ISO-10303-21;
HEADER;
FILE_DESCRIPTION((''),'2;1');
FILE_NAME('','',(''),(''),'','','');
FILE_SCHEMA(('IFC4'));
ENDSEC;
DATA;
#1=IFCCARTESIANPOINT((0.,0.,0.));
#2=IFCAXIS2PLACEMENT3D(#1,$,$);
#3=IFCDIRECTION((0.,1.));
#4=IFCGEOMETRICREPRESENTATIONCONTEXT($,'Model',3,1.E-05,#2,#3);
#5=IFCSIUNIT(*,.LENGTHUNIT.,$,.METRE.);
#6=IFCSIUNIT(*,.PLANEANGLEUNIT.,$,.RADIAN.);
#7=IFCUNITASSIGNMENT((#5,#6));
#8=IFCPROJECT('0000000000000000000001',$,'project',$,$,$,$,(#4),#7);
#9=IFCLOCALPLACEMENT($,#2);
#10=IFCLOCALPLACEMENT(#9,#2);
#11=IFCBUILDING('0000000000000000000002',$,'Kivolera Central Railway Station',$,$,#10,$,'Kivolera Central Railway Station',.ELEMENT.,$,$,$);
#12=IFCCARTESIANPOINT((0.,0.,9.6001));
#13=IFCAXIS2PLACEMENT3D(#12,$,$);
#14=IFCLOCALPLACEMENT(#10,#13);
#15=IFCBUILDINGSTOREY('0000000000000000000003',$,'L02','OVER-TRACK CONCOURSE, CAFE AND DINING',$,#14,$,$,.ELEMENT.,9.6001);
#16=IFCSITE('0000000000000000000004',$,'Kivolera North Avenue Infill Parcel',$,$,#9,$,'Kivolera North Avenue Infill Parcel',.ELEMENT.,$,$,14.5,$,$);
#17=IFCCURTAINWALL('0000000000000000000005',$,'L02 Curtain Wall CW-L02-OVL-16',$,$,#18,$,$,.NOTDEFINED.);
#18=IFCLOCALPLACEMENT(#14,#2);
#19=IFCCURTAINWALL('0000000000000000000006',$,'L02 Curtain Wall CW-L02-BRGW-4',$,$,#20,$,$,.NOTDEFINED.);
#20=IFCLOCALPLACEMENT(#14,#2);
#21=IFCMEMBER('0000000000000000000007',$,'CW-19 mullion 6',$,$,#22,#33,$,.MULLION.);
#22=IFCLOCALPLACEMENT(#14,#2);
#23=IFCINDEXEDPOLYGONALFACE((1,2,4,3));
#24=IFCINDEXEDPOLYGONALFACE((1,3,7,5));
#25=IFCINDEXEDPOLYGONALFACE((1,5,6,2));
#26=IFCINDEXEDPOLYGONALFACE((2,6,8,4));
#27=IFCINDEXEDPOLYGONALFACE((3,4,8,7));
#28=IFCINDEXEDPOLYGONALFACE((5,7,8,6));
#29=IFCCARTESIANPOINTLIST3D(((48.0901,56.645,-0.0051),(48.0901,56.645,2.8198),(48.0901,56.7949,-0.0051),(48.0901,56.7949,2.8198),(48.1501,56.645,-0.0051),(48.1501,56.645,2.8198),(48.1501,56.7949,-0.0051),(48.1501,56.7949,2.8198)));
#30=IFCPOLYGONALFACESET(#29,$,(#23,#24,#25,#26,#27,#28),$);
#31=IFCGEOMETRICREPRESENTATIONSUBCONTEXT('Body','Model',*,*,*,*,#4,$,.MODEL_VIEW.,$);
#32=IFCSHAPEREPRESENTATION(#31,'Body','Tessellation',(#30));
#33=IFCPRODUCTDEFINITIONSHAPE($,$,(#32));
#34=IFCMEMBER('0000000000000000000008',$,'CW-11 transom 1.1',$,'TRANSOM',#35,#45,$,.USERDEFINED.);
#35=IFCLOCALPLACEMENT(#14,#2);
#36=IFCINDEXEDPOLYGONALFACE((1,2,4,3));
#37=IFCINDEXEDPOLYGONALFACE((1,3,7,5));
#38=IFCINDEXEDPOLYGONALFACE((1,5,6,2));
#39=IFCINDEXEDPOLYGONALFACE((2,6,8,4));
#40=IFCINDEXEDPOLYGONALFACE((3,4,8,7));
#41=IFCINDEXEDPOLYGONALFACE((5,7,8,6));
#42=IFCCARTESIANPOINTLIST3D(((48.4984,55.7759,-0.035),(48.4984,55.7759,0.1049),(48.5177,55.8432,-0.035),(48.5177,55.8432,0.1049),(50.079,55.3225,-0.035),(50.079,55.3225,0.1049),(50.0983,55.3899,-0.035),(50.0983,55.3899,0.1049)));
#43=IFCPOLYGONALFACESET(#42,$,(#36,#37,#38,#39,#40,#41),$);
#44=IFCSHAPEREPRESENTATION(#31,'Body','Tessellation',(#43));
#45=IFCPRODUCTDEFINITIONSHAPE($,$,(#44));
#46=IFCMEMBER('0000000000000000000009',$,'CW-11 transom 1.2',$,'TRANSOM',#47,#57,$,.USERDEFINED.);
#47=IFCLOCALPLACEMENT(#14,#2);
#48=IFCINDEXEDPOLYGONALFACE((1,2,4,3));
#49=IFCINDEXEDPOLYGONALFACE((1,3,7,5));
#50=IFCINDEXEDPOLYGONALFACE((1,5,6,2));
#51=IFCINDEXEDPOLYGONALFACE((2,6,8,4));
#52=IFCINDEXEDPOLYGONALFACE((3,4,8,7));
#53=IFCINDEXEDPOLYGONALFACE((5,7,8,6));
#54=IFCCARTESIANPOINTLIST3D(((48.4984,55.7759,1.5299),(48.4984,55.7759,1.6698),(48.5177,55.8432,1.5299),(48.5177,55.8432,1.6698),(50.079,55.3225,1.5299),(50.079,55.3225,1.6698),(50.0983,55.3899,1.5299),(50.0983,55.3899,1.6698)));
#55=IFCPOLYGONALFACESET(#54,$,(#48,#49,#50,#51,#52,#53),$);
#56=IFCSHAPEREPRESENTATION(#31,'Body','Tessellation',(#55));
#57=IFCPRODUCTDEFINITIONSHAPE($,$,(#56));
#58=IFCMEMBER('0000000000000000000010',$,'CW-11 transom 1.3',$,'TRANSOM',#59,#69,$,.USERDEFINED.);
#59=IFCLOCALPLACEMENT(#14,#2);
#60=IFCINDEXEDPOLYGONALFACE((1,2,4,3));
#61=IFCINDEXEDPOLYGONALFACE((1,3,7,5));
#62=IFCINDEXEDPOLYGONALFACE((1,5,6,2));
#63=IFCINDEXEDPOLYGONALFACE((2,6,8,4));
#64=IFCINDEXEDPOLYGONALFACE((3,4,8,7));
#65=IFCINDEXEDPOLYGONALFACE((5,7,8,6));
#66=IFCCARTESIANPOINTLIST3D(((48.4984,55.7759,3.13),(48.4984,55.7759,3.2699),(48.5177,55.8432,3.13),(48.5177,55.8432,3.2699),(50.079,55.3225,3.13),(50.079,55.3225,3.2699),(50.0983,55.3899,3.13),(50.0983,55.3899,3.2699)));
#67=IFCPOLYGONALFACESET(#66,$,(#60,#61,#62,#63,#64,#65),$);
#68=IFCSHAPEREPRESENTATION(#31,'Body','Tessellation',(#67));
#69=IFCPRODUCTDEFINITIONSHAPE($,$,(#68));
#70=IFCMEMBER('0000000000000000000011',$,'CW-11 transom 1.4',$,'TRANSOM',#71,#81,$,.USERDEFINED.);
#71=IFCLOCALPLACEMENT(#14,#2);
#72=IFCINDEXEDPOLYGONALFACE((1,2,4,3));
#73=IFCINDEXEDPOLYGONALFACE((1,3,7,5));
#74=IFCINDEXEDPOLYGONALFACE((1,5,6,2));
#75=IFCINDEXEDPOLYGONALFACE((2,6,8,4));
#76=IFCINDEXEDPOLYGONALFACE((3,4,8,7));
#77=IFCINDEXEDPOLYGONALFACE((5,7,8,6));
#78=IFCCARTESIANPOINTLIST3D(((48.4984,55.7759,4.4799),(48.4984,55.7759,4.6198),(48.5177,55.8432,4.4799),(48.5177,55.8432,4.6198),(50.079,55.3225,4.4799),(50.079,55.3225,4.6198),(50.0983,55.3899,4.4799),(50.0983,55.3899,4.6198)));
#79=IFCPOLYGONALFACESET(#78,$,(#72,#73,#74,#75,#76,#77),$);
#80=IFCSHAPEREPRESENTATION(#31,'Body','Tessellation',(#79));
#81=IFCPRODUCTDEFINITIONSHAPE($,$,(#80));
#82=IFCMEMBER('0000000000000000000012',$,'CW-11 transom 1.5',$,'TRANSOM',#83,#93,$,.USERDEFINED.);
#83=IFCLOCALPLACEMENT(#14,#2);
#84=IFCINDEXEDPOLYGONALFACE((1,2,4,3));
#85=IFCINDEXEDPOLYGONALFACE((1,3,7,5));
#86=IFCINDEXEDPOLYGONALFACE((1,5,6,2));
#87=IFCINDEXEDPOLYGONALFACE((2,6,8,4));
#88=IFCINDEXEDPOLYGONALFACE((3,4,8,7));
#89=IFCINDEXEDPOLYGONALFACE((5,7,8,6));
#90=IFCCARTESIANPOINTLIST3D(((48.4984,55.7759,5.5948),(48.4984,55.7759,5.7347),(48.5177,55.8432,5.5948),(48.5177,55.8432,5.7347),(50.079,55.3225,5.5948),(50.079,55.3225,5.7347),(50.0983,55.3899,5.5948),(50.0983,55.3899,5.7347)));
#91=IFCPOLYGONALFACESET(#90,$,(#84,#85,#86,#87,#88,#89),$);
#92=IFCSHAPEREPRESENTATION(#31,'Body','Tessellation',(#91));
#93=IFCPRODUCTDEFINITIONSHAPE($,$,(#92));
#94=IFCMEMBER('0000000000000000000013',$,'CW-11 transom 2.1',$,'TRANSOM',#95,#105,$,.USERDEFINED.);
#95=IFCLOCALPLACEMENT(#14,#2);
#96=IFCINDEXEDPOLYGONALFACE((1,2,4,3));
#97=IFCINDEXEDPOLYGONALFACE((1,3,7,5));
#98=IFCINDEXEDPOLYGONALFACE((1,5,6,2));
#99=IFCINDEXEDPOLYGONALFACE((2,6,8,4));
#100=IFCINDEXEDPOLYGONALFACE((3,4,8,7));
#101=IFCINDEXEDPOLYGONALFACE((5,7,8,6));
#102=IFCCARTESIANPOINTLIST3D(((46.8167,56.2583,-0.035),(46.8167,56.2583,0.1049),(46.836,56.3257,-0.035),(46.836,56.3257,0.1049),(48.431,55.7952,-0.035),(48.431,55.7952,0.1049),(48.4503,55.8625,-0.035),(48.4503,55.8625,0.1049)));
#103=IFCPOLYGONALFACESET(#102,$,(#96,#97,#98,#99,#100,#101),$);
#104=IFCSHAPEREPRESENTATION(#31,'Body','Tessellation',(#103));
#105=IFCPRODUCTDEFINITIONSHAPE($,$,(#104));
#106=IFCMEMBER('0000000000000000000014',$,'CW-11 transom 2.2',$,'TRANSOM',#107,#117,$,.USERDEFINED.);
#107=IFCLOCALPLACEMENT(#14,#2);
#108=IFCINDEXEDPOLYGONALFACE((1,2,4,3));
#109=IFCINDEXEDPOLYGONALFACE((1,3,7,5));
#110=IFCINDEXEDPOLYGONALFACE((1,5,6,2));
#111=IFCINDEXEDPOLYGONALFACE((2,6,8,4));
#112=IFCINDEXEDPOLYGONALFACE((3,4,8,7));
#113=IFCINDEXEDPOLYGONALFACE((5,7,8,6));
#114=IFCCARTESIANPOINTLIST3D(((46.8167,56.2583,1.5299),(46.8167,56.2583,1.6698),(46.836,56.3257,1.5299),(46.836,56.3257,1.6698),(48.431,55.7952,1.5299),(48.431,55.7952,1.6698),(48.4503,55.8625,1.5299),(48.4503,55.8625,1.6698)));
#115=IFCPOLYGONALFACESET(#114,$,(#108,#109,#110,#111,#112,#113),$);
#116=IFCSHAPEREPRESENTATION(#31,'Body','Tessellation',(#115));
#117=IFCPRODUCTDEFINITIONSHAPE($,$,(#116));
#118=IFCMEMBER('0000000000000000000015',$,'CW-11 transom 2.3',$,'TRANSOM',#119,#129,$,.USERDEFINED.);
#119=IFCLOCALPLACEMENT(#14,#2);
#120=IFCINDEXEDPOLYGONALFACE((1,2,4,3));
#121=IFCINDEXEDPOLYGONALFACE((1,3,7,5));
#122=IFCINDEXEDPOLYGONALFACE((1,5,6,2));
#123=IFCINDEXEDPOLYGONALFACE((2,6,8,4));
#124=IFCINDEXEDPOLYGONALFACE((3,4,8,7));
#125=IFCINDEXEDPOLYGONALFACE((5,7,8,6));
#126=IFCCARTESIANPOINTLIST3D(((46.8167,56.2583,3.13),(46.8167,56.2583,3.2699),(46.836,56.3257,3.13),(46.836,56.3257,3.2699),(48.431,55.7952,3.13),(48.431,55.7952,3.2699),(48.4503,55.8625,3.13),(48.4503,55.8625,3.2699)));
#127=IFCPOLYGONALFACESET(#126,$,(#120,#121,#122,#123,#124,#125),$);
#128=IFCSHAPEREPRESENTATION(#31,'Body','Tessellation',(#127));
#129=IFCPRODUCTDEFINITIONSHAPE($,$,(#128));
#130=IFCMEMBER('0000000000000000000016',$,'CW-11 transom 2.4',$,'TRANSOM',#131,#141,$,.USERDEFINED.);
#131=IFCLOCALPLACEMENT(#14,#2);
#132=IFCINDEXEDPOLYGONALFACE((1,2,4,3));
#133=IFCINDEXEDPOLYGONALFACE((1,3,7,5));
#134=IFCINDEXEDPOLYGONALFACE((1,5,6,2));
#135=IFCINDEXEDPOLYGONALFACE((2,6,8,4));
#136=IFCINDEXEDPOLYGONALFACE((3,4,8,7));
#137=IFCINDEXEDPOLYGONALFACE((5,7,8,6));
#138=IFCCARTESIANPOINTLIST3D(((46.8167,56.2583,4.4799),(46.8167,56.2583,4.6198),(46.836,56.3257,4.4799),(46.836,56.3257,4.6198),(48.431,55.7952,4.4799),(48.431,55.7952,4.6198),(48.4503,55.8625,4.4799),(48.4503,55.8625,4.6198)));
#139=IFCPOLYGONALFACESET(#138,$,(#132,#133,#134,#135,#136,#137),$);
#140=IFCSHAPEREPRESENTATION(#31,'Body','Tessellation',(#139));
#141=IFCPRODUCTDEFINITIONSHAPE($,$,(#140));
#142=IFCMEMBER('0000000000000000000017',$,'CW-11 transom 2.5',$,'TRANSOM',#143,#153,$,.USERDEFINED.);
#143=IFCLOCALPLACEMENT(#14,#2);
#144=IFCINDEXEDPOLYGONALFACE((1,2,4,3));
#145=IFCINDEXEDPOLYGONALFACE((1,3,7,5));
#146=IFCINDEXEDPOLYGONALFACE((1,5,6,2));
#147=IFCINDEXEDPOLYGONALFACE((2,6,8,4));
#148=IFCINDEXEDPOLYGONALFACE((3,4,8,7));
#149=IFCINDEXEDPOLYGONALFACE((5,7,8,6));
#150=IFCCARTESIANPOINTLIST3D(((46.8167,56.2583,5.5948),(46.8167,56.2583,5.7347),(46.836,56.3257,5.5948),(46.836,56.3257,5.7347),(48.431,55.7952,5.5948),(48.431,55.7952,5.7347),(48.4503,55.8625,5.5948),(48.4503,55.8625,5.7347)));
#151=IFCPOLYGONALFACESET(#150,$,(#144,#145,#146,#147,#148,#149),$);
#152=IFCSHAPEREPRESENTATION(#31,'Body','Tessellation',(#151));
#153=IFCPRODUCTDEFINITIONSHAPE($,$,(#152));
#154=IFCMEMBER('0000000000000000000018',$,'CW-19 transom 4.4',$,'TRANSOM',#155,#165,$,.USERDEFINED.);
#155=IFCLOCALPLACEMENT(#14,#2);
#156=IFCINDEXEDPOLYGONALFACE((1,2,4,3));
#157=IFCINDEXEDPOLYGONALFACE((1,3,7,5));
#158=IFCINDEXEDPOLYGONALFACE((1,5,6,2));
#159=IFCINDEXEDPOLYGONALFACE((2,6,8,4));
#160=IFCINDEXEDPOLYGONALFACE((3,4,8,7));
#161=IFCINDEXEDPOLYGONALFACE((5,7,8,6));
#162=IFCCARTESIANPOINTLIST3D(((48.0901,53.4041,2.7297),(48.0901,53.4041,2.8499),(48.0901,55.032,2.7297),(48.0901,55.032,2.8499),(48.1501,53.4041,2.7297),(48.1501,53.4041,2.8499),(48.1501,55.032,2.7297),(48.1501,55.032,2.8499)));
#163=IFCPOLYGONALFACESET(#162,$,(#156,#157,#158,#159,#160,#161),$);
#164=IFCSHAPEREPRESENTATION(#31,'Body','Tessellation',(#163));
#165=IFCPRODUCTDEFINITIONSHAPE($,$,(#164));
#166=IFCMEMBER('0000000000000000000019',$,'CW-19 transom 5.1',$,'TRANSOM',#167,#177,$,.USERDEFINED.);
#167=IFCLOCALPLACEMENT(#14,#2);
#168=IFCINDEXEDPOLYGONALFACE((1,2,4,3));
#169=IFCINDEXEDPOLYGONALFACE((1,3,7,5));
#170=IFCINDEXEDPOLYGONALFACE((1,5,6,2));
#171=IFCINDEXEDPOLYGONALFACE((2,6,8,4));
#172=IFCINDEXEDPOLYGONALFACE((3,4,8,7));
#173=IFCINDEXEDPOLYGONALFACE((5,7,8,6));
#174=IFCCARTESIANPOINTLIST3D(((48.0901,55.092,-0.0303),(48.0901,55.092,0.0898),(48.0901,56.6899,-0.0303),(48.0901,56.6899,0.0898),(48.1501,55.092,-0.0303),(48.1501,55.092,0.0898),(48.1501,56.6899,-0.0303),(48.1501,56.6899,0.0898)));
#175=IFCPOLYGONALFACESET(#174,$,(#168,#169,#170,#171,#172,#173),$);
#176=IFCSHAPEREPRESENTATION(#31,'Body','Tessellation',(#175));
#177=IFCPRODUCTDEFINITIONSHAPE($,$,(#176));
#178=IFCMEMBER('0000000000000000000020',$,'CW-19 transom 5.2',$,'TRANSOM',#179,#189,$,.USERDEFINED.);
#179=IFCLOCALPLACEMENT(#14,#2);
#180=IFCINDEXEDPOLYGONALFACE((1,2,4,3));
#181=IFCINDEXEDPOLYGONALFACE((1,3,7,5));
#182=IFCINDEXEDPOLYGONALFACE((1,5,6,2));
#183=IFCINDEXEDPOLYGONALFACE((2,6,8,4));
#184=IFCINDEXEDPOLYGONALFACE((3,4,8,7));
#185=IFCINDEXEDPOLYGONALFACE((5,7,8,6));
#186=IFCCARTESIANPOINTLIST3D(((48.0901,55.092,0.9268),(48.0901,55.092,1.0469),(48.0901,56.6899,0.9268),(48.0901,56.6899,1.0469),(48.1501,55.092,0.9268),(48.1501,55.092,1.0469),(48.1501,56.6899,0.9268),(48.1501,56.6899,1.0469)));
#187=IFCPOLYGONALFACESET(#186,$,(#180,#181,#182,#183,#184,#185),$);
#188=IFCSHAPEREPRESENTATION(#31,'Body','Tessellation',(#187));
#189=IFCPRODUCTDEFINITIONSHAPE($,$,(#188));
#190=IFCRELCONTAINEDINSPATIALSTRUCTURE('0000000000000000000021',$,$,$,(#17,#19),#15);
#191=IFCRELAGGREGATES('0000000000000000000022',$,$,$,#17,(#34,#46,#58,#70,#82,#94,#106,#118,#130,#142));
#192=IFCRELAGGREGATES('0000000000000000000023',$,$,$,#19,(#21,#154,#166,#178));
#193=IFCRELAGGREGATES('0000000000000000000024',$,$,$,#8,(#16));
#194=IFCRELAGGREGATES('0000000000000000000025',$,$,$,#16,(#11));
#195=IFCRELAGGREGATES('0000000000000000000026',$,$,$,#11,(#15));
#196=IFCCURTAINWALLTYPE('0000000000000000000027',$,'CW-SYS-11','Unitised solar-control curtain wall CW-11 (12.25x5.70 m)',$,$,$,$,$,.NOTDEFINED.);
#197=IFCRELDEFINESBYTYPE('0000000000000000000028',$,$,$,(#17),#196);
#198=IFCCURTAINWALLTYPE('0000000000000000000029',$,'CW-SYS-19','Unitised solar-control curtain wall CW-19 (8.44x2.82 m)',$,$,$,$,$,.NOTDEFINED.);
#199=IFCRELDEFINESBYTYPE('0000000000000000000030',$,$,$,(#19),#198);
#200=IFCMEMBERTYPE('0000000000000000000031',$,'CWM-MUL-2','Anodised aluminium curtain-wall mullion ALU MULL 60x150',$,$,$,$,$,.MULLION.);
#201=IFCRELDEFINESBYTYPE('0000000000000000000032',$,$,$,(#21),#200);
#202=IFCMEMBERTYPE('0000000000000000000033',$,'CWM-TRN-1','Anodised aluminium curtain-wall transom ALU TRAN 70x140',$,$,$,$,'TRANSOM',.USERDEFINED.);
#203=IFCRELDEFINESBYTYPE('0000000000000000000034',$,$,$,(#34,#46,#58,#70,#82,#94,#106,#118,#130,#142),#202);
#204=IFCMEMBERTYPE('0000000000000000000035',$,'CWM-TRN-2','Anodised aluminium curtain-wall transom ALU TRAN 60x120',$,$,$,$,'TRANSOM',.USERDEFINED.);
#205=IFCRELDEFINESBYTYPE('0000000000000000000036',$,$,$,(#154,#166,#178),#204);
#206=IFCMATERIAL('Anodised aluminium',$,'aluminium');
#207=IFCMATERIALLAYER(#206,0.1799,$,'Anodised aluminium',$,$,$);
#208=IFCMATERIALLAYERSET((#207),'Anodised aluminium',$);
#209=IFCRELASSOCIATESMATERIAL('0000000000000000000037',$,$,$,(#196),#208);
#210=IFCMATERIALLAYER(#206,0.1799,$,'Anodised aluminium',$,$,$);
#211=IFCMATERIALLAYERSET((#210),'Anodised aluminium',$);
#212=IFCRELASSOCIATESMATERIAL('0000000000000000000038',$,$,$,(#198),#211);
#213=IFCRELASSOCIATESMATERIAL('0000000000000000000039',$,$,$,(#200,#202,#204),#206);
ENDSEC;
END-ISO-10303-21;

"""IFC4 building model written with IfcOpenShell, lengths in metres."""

from ifc_helpers import new_model, si_unit, direction, frame, origin, origin_2d, place, context, subcontext, project, spatial, rectangle, extrude, material, layer, layer_set, material_profile, profile_set, type_object, element, aggregate, save


model = new_model("IFC4")

# Units and contexts
model_context = context("Model", 3, precision=1e-05, world=origin(), true_north=direction((0.0, 1.0)))
body_context = subcontext(model_context, "Body", "Model", "MODEL_VIEW")
ifc_project = project(units=[si_unit("LENGTHUNIT", "METRE"), si_unit("PLANEANGLEUNIT", "RADIAN")], contexts=[model_context])

# Site, building, storey
site_placement = place(None, origin())
site = spatial("IfcSite", under=ifc_project, at=site_placement, Name="Kivolera North Avenue Infill Parcel", LongName="Kivolera North Avenue Infill Parcel", CompositionType="ELEMENT", RefElevation=14.5)
building_placement = place(site_placement, origin())
building = spatial("IfcBuilding", under=site, at=building_placement, Name="Kivolera Central Railway Station", LongName="Kivolera Central Railway Station", CompositionType="ELEMENT")
storey_placement = place(building_placement, frame((0.0, 0.0, 9.6001)))
storey = spatial("IfcBuildingStorey", under=building, at=storey_placement, Name="L02", Description="OVER-TRACK CONCOURSE, CAFE AND DINING", CompositionType="ELEMENT", Elevation=9.6001)

# Curtain walls, member
ifc_material_1 = material(Name="Anodised aluminium", Category="aluminium")
ifc_layer_1 = layer(ifc_material_1, 0.1799, Name="Anodised aluminium")
ifc_layer_set_1 = layer_set([ifc_layer_1], Name="Anodised aluminium")
curtain_wall_type_1 = type_object("IfcCurtainWallType", Name="CW-SYS-11", Description="Unitised solar-control curtain wall CW-11 (12.25x5.70 m)", PredefinedType="NOTDEFINED", material=ifc_layer_set_1)
curtain_wall_1_placement = place(storey_placement, origin())
curtain_wall_1 = element("IfcCurtainWall", 1, at=curtain_wall_1_placement, inside=storey, type_object=curtain_wall_type_1, Name="L02 Curtain Wall CW-L02-OVL-16", PredefinedType="NOTDEFINED")
ifc_layer_2 = layer(ifc_material_1, 0.1799, Name="Anodised aluminium")
ifc_layer_set_2 = layer_set([ifc_layer_2], Name="Anodised aluminium")
curtain_wall_type_2 = type_object("IfcCurtainWallType", Name="CW-SYS-19", Description="Unitised solar-control curtain wall CW-19 (8.44x2.82 m)", PredefinedType="NOTDEFINED", material=ifc_layer_set_2)
curtain_wall_2_placement = place(storey_placement, origin())
curtain_wall_2 = element("IfcCurtainWall", 2, at=curtain_wall_2_placement, inside=storey, type_object=curtain_wall_type_2, Name="L02 Curtain Wall CW-L02-BRGW-4", PredefinedType="NOTDEFINED")
ifc_material_profile_1 = material_profile(ifc_material_1, rectangle(XDim=0.0601, YDim=0.1499, at=origin_2d()), Name="ALU MULL 60x150")
ifc_profile_set_1 = profile_set([ifc_material_profile_1], Name="Anodised aluminium")
member_type_1 = type_object("IfcMemberType", Name="CWM-MUL-2", Description="Anodised aluminium curtain-wall mullion ALU MULL 60x150", PredefinedType="MULLION", material=ifc_profile_set_1)
member_1_placement = place(storey_placement, frame((48.1201, 56.72, -0.0051), z_axis=(0.0, 0.0, 1.0), x_axis=(-1.0, 0.0, 0.0)))
member_1 = element("IfcMember", 3, at=member_1_placement, type_object=member_type_1, Name="CW-19 mullion 6", PredefinedType="MULLION", context=body_context, shape_type="SweptSolid", body=[
    extrude(rectangle(XDim=0.0601, YDim=0.1499, at=origin_2d()), origin(), (0.0, 0.0, 1.0), 2.825),
])

# Members
ifc_material_profile_2 = material_profile(ifc_material_1, rectangle(XDim=0.0701, YDim=0.1399, at=origin_2d()), Name="ALU TRAN 70x140")
ifc_profile_set_2 = profile_set([ifc_material_profile_2], Name="Anodised aluminium")
member_type_2 = type_object("IfcMemberType", Name="CWM-TRN-1", Description="Anodised aluminium curtain-wall transom ALU TRAN 70x140", ElementType="TRANSOM", PredefinedType="USERDEFINED", material=ifc_profile_set_2)
member_2_placement = place(storey_placement, frame((50.0886, 55.3562, 0.0349), z_axis=(-0.961238, 0.275721, 0.0), x_axis=(-0.275721, -0.961238, 0.0)))
member_2 = element("IfcMember", 4, at=member_2_placement, type_object=member_type_2, Name="CW-11 transom 1.1", ObjectType="TRANSOM", PredefinedType="USERDEFINED", context=body_context, shape_type="SweptSolid", body=[
    extrude(rectangle(XDim=0.0701, YDim=0.1399, at=origin_2d()), origin(), (0.0, 0.0, 1.0), 1.6443),
])
member_3_placement = place(storey_placement, frame((50.0886, 55.3562, 1.5999), z_axis=(-0.961238, 0.275721, 0.0), x_axis=(-0.275721, -0.961238, 0.0)))
member_3 = element("IfcMember", 5, at=member_3_placement, type_object=member_type_2, Name="CW-11 transom 1.2", ObjectType="TRANSOM", PredefinedType="USERDEFINED", context=body_context, shape_type="SweptSolid", body=[
    extrude(rectangle(XDim=0.0701, YDim=0.1399, at=origin_2d()), origin(), (0.0, 0.0, 1.0), 1.6443),
])
member_4_placement = place(storey_placement, frame((50.0886, 55.3562, 3.2), z_axis=(-0.961238, 0.275721, 0.0), x_axis=(-0.275721, -0.961238, 0.0)))
member_4 = element("IfcMember", 6, at=member_4_placement, type_object=member_type_2, Name="CW-11 transom 1.3", ObjectType="TRANSOM", PredefinedType="USERDEFINED", context=body_context, shape_type="SweptSolid", body=[
    extrude(rectangle(XDim=0.0701, YDim=0.1399, at=origin_2d()), origin(), (0.0, 0.0, 1.0), 1.6443),
])
member_5_placement = place(storey_placement, frame((50.0886, 55.3562, 4.5498), z_axis=(-0.961238, 0.275721, 0.0), x_axis=(-0.275721, -0.961238, 0.0)))
member_5 = element("IfcMember", 7, at=member_5_placement, type_object=member_type_2, Name="CW-11 transom 1.4", ObjectType="TRANSOM", PredefinedType="USERDEFINED", context=body_context, shape_type="SweptSolid", body=[
    extrude(rectangle(XDim=0.0701, YDim=0.1399, at=origin_2d()), origin(), (0.0, 0.0, 1.0), 1.6443),
])
member_6_placement = place(storey_placement, frame((50.0886, 55.3562, 5.6648), z_axis=(-0.961238, 0.275721, 0.0), x_axis=(-0.275721, -0.961238, 0.0)))
member_6 = element("IfcMember", 8, at=member_6_placement, type_object=member_type_2, Name="CW-11 transom 1.5", ObjectType="TRANSOM", PredefinedType="USERDEFINED", context=body_context, shape_type="SweptSolid", body=[
    extrude(rectangle(XDim=0.0701, YDim=0.1399, at=origin_2d()), origin(), (0.0, 0.0, 1.0), 1.6443),
])
member_7_placement = place(storey_placement, frame((48.4407, 55.8289, 0.0349), z_axis=(-0.961222, 0.275777, 0.0), x_axis=(-0.275777, -0.961222, 0.0)))
member_7 = element("IfcMember", 9, at=member_7_placement, type_object=member_type_2, Name="CW-11 transom 2.1", ObjectType="TRANSOM", PredefinedType="USERDEFINED", context=body_context, shape_type="SweptSolid", body=[
    extrude(rectangle(XDim=0.0701, YDim=0.1399, at=origin_2d()), origin(), (0.0, 0.0, 1.0), 1.6794),
])
member_8_placement = place(storey_placement, frame((48.4407, 55.8289, 1.5999), z_axis=(-0.961222, 0.275777, 0.0), x_axis=(-0.275777, -0.961222, 0.0)))
member_8 = element("IfcMember", 10, at=member_8_placement, type_object=member_type_2, Name="CW-11 transom 2.2", ObjectType="TRANSOM", PredefinedType="USERDEFINED", context=body_context, shape_type="SweptSolid", body=[
    extrude(rectangle(XDim=0.0701, YDim=0.1399, at=origin_2d()), origin(), (0.0, 0.0, 1.0), 1.6794),
])
member_9_placement = place(storey_placement, frame((48.4407, 55.8289, 3.2), z_axis=(-0.961222, 0.275777, 0.0), x_axis=(-0.275777, -0.961222, 0.0)))
member_9 = element("IfcMember", 11, at=member_9_placement, type_object=member_type_2, Name="CW-11 transom 2.3", ObjectType="TRANSOM", PredefinedType="USERDEFINED", context=body_context, shape_type="SweptSolid", body=[
    extrude(rectangle(XDim=0.0701, YDim=0.1399, at=origin_2d()), origin(), (0.0, 0.0, 1.0), 1.6794),
])
member_10_placement = place(storey_placement, frame((48.4407, 55.8289, 4.5498), z_axis=(-0.961222, 0.275777, 0.0), x_axis=(-0.275777, -0.961222, 0.0)))
member_10 = element("IfcMember", 12, at=member_10_placement, type_object=member_type_2, Name="CW-11 transom 2.4", ObjectType="TRANSOM", PredefinedType="USERDEFINED", context=body_context, shape_type="SweptSolid", body=[
    extrude(rectangle(XDim=0.0701, YDim=0.1399, at=origin_2d()), origin(), (0.0, 0.0, 1.0), 1.6794),
])
member_11_placement = place(storey_placement, frame((48.4407, 55.8289, 5.6648), z_axis=(-0.961222, 0.275777, 0.0), x_axis=(-0.275777, -0.961222, 0.0)))
member_11 = element("IfcMember", 13, at=member_11_placement, type_object=member_type_2, Name="CW-11 transom 2.5", ObjectType="TRANSOM", PredefinedType="USERDEFINED", context=body_context, shape_type="SweptSolid", body=[
    extrude(rectangle(XDim=0.0701, YDim=0.1399, at=origin_2d()), origin(), (0.0, 0.0, 1.0), 1.6794),
])
ifc_material_profile_3 = material_profile(ifc_material_1, rectangle(XDim=0.0601, YDim=0.1201, at=origin_2d()), Name="ALU TRAN 60x120")
ifc_profile_set_3 = profile_set([ifc_material_profile_3], Name="Anodised aluminium")
member_type_3 = type_object("IfcMemberType", Name="CWM-TRN-2", Description="Anodised aluminium curtain-wall transom ALU TRAN 60x120", ElementType="TRANSOM", PredefinedType="USERDEFINED", material=ifc_profile_set_3)
member_12_placement = place(storey_placement, frame((48.1201, 53.4041, 2.7898), z_axis=(0.0, 1.0, 0.0), x_axis=(-1.0, 0.0, 0.0)))
member_12 = element("IfcMember", 14, at=member_12_placement, type_object=member_type_3, Name="CW-19 transom 4.4", ObjectType="TRANSOM", PredefinedType="USERDEFINED", context=body_context, shape_type="SweptSolid", body=[
    extrude(rectangle(XDim=0.0601, YDim=0.1201, at=origin_2d()), origin(), (0.0, 0.0, 1.0), 1.6279),
])
member_13_placement = place(storey_placement, frame((48.1201, 55.092, 0.0298), z_axis=(0.0, 1.0, 0.0), x_axis=(-1.0, 0.0, 0.0)))
member_13 = element("IfcMember", 15, at=member_13_placement, type_object=member_type_3, Name="CW-19 transom 5.1", ObjectType="TRANSOM", PredefinedType="USERDEFINED", context=body_context, shape_type="SweptSolid", body=[
    extrude(rectangle(XDim=0.0601, YDim=0.1201, at=origin_2d()), origin(), (0.0, 0.0, 1.0), 1.5979),
])
member_14_placement = place(storey_placement, frame((48.1201, 55.092, 0.9868), z_axis=(0.0, 1.0, 0.0), x_axis=(-1.0, 0.0, 0.0)))
member_14 = element("IfcMember", 16, at=member_14_placement, type_object=member_type_3, Name="CW-19 transom 5.2", ObjectType="TRANSOM", PredefinedType="USERDEFINED", context=body_context, shape_type="SweptSolid", body=[
    extrude(rectangle(XDim=0.0601, YDim=0.1201, at=origin_2d()), origin(), (0.0, 0.0, 1.0), 1.5979),
])

aggregate(curtain_wall_1, [member_2, member_3, member_4, member_5, member_6, member_7, member_8, member_9, member_10, member_11])
aggregate(curtain_wall_2, [member_1, member_12, member_13, member_14])

save(model, "model.ifc")
